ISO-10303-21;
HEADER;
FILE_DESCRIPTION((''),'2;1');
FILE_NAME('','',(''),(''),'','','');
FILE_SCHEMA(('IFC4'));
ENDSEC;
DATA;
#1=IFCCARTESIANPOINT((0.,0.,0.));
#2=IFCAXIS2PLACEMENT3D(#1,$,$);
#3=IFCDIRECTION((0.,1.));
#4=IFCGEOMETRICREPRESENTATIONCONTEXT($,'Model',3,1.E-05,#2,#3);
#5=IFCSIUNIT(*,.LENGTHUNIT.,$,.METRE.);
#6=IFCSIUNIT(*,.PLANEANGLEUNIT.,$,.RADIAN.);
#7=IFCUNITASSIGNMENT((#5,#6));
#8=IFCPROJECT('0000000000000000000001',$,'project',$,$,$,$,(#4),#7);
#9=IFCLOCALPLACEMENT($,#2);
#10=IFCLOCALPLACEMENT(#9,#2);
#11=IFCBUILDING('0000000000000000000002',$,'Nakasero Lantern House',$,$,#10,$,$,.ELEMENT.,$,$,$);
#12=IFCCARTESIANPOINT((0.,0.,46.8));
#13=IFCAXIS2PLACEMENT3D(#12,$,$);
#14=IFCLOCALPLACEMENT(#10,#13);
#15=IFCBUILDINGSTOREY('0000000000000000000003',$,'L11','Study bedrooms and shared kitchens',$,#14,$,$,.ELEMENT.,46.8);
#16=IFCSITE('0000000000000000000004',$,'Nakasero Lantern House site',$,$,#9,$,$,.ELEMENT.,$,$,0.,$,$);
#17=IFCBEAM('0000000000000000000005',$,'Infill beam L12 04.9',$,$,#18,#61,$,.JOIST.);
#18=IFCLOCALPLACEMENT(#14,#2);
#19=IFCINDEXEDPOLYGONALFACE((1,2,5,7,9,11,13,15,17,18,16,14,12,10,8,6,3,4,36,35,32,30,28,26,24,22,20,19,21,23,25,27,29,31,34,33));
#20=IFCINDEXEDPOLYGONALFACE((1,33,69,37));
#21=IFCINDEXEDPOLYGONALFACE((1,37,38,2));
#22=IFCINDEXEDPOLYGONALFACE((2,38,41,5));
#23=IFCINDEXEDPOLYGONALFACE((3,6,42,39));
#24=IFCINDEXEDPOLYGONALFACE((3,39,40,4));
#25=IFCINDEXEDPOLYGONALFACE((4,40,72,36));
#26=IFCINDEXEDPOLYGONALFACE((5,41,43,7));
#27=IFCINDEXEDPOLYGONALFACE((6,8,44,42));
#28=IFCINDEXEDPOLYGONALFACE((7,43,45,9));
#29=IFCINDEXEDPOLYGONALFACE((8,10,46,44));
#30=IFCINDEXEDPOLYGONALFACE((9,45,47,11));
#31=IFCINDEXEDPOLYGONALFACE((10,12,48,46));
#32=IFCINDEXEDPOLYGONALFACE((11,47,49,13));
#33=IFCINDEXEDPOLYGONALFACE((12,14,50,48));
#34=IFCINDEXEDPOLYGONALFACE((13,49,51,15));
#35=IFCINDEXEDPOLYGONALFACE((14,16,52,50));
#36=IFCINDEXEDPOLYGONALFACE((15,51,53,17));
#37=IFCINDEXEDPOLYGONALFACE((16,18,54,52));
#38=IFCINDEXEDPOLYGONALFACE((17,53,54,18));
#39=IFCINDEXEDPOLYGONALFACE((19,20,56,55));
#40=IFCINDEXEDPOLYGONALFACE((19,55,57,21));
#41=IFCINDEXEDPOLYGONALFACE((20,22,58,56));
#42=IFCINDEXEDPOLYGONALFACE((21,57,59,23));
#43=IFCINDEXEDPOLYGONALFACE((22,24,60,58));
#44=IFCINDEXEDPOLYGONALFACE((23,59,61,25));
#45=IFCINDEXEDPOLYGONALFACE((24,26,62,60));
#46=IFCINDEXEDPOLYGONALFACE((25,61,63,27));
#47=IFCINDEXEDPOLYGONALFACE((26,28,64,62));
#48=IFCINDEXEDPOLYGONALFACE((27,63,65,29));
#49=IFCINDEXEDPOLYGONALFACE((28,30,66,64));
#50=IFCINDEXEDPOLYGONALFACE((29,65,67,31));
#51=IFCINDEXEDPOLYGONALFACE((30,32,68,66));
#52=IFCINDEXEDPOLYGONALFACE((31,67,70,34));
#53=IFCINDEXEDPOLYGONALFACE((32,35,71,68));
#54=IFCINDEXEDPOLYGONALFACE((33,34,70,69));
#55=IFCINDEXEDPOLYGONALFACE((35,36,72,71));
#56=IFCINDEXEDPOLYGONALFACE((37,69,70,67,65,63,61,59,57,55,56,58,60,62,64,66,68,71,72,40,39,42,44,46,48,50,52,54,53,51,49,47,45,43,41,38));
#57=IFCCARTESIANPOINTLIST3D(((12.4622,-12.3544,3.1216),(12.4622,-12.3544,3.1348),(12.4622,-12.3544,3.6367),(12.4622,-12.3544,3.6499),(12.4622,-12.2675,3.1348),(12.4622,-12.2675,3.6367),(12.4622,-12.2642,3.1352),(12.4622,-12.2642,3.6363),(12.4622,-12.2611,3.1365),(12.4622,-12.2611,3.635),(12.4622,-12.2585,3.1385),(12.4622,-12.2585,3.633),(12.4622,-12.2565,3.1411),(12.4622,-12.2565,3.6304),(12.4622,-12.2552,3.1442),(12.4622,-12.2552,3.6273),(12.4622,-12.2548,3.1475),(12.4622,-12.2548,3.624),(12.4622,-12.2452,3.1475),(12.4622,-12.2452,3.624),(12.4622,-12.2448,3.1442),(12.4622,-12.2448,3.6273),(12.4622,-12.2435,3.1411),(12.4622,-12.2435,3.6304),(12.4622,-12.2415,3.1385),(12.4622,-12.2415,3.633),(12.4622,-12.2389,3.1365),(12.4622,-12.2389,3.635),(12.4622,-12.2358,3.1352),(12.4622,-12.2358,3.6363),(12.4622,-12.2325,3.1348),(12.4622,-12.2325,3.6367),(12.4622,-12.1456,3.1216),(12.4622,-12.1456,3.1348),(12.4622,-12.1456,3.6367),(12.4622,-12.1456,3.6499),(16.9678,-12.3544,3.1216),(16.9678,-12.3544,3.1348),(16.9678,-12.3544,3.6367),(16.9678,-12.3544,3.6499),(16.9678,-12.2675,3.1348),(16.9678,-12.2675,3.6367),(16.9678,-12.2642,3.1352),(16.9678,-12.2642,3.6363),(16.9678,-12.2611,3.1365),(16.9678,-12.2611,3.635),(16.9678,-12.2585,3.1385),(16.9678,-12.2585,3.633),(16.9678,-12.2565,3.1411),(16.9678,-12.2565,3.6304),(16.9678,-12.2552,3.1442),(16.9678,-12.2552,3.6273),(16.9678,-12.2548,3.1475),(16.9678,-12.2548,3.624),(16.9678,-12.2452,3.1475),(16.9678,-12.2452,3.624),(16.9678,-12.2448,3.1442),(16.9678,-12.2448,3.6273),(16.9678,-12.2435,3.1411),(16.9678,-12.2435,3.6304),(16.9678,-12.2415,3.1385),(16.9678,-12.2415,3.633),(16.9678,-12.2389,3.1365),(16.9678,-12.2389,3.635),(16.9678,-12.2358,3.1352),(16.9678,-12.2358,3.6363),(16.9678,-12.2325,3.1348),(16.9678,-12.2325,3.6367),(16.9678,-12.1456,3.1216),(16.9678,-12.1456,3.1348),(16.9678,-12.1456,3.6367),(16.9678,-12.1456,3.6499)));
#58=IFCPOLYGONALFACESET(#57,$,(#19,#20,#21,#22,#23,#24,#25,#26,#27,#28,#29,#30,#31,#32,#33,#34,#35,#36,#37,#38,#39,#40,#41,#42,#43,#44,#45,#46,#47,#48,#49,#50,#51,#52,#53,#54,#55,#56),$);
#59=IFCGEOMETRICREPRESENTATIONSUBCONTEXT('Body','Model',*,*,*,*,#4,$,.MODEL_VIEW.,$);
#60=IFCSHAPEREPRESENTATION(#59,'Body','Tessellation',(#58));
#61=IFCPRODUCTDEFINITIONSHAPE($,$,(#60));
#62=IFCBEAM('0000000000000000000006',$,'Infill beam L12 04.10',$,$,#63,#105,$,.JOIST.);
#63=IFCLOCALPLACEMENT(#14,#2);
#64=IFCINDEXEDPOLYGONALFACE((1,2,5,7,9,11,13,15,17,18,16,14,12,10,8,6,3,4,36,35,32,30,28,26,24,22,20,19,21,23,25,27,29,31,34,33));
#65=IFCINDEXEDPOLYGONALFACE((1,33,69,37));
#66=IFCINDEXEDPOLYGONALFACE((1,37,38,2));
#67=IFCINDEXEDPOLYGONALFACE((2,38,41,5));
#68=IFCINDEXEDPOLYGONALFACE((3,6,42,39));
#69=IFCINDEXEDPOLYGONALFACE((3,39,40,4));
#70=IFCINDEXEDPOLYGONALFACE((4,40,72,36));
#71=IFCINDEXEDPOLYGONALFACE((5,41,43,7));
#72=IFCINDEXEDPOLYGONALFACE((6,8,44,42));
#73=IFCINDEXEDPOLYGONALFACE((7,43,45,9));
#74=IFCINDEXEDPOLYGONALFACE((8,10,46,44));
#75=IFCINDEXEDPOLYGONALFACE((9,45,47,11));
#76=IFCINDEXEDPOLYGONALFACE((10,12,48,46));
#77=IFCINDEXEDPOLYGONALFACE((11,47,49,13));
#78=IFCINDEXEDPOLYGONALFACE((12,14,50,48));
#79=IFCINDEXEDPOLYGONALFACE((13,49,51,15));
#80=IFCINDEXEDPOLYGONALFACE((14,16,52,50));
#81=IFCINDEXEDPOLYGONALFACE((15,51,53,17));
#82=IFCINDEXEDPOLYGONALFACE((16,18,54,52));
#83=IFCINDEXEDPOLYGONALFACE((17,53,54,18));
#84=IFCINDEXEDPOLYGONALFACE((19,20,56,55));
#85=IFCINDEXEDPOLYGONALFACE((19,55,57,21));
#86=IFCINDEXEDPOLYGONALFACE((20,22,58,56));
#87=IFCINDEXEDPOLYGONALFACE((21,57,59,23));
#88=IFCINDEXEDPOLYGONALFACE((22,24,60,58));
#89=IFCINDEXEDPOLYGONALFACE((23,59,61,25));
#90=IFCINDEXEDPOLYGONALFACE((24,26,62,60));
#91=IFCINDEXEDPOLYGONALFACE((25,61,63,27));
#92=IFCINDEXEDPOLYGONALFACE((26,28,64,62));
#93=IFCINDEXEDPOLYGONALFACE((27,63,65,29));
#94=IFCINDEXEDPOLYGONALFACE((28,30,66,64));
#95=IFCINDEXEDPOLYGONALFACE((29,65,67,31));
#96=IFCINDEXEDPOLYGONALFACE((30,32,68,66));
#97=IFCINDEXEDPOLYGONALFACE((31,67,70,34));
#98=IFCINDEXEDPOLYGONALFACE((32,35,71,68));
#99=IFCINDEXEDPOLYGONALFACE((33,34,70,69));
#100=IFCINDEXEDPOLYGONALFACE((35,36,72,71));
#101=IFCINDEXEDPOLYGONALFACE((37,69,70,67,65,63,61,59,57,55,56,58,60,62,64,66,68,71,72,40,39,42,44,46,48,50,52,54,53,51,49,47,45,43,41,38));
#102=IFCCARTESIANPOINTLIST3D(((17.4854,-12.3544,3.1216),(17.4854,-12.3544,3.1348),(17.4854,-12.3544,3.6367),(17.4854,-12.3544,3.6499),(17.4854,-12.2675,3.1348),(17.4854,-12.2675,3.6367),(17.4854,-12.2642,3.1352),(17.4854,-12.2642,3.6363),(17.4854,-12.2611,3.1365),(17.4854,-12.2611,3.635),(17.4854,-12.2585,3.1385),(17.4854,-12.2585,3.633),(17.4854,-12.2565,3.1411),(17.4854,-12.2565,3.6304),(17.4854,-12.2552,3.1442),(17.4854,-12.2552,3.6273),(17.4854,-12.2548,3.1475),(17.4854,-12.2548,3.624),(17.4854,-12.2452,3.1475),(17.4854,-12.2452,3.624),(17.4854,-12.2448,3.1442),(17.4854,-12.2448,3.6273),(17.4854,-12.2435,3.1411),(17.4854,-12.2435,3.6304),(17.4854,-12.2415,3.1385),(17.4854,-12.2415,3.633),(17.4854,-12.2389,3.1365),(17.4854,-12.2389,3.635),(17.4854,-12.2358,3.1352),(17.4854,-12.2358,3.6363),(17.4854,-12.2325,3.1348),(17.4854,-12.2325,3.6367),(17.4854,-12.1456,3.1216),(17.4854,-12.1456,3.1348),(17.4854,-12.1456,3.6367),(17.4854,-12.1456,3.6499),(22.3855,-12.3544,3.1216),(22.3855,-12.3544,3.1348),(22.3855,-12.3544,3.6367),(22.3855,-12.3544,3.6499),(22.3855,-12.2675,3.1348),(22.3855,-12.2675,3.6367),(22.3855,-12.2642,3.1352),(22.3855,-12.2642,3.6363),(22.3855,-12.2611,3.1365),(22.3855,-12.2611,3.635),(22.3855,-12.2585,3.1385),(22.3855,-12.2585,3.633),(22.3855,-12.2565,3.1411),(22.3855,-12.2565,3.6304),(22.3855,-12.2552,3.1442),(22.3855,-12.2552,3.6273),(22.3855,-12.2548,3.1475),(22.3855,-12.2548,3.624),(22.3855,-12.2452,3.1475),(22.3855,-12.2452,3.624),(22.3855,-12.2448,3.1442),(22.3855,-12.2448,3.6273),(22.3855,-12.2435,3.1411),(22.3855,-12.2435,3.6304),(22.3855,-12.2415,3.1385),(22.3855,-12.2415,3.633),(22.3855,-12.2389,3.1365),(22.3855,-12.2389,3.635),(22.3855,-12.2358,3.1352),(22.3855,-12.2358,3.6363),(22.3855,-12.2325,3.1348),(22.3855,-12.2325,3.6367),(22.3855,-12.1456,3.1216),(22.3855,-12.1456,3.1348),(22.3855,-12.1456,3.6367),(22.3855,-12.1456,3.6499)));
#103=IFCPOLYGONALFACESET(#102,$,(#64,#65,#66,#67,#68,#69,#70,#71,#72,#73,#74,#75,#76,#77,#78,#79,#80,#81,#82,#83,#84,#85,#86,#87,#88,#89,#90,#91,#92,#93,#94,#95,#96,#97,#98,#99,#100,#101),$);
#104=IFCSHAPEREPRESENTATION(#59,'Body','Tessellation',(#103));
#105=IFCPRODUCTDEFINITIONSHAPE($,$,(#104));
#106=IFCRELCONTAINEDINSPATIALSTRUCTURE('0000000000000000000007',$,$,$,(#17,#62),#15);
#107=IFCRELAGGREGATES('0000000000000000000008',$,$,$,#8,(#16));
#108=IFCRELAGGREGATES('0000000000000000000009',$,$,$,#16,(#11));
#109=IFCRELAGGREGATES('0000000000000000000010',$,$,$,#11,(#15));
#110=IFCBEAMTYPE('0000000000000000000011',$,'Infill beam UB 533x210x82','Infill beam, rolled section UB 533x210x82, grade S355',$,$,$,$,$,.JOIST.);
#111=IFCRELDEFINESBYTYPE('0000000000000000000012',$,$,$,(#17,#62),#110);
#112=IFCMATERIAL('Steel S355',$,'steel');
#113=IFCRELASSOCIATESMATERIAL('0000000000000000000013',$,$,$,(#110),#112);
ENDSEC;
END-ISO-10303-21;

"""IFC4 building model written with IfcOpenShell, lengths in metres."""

from ifc_helpers import new_model, si_unit, direction, frame, origin, origin_2d, place, context, subcontext, project, spatial, i_section, extrude, material, material_profile, profile_set, type_object, element, save


model = new_model("IFC4")

# Units and contexts
model_context = context("Model", 3, precision=1e-05, world=origin(), true_north=direction((0.0, 1.0)))
body_context = subcontext(model_context, "Body", "Model", "MODEL_VIEW")
ifc_project = project(units=[si_unit("LENGTHUNIT", "METRE"), si_unit("PLANEANGLEUNIT", "RADIAN")], contexts=[model_context])

# Site, building, storey
site_placement = place(None, origin())
site = spatial("IfcSite", under=ifc_project, at=site_placement, Name="Nakasero Lantern House site", CompositionType="ELEMENT", RefElevation=0.0)
building_placement = place(site_placement, origin())
building = spatial("IfcBuilding", under=site, at=building_placement, Name="Nakasero Lantern House", CompositionType="ELEMENT")
storey_placement = place(building_placement, frame((0.0, 0.0, 46.8)))
storey = spatial("IfcBuildingStorey", under=building, at=storey_placement, Name="L11", Description="Study bedrooms and shared kitchens", CompositionType="ELEMENT", Elevation=46.8)

# Beams
ifc_material_1 = material(Name="Steel S355", Category="steel")
ifc_material_profile = material_profile(ifc_material_1, i_section(OverallWidth=0.2087, OverallDepth=0.5283, WebThickness=0.0095, FlangeThickness=0.0132, FilletRadius=0.0127, at=origin_2d()), Name="UB 533x210x82")
ifc_profile_set = profile_set([ifc_material_profile], Name="Steel S355")
beam_type = type_object("IfcBeamType", Name="Infill beam UB 533x210x82", Description="Infill beam, rolled section UB 533x210x82, grade S355", PredefinedType="JOIST", material=ifc_profile_set)
beam_1_placement = place(storey_placement, frame((12.4622, -12.25, 3.3857), z_axis=(1.0, 0.0, 0.0), x_axis=(0.0, 1.0, 0.0)))
element("IfcBeam", 1, at=beam_1_placement, inside=storey, type_object=beam_type, Name="Infill beam L12 04.9", PredefinedType="JOIST", context=body_context, shape_type="SweptSolid", body=[
    extrude(i_section(OverallWidth=0.2087, OverallDepth=0.5283, WebThickness=0.0095, FlangeThickness=0.0132, FilletRadius=0.0127, at=origin_2d()), origin(), (0.0, 0.0, 1.0), 4.5056),
])
beam_2_placement = place(storey_placement, frame((17.4854, -12.25, 3.3857), z_axis=(1.0, 0.0, 0.0), x_axis=(0.0, 1.0, 0.0)))
element("IfcBeam", 2, at=beam_2_placement, inside=storey, type_object=beam_type, Name="Infill beam L12 04.10", PredefinedType="JOIST", context=body_context, shape_type="SweptSolid", body=[
    extrude(i_section(OverallWidth=0.2087, OverallDepth=0.5283, WebThickness=0.0095, FlangeThickness=0.0132, FilletRadius=0.0127, at=origin_2d()), origin(), (0.0, 0.0, 1.0), 4.9001),
])

save(model, "model.ifc")
